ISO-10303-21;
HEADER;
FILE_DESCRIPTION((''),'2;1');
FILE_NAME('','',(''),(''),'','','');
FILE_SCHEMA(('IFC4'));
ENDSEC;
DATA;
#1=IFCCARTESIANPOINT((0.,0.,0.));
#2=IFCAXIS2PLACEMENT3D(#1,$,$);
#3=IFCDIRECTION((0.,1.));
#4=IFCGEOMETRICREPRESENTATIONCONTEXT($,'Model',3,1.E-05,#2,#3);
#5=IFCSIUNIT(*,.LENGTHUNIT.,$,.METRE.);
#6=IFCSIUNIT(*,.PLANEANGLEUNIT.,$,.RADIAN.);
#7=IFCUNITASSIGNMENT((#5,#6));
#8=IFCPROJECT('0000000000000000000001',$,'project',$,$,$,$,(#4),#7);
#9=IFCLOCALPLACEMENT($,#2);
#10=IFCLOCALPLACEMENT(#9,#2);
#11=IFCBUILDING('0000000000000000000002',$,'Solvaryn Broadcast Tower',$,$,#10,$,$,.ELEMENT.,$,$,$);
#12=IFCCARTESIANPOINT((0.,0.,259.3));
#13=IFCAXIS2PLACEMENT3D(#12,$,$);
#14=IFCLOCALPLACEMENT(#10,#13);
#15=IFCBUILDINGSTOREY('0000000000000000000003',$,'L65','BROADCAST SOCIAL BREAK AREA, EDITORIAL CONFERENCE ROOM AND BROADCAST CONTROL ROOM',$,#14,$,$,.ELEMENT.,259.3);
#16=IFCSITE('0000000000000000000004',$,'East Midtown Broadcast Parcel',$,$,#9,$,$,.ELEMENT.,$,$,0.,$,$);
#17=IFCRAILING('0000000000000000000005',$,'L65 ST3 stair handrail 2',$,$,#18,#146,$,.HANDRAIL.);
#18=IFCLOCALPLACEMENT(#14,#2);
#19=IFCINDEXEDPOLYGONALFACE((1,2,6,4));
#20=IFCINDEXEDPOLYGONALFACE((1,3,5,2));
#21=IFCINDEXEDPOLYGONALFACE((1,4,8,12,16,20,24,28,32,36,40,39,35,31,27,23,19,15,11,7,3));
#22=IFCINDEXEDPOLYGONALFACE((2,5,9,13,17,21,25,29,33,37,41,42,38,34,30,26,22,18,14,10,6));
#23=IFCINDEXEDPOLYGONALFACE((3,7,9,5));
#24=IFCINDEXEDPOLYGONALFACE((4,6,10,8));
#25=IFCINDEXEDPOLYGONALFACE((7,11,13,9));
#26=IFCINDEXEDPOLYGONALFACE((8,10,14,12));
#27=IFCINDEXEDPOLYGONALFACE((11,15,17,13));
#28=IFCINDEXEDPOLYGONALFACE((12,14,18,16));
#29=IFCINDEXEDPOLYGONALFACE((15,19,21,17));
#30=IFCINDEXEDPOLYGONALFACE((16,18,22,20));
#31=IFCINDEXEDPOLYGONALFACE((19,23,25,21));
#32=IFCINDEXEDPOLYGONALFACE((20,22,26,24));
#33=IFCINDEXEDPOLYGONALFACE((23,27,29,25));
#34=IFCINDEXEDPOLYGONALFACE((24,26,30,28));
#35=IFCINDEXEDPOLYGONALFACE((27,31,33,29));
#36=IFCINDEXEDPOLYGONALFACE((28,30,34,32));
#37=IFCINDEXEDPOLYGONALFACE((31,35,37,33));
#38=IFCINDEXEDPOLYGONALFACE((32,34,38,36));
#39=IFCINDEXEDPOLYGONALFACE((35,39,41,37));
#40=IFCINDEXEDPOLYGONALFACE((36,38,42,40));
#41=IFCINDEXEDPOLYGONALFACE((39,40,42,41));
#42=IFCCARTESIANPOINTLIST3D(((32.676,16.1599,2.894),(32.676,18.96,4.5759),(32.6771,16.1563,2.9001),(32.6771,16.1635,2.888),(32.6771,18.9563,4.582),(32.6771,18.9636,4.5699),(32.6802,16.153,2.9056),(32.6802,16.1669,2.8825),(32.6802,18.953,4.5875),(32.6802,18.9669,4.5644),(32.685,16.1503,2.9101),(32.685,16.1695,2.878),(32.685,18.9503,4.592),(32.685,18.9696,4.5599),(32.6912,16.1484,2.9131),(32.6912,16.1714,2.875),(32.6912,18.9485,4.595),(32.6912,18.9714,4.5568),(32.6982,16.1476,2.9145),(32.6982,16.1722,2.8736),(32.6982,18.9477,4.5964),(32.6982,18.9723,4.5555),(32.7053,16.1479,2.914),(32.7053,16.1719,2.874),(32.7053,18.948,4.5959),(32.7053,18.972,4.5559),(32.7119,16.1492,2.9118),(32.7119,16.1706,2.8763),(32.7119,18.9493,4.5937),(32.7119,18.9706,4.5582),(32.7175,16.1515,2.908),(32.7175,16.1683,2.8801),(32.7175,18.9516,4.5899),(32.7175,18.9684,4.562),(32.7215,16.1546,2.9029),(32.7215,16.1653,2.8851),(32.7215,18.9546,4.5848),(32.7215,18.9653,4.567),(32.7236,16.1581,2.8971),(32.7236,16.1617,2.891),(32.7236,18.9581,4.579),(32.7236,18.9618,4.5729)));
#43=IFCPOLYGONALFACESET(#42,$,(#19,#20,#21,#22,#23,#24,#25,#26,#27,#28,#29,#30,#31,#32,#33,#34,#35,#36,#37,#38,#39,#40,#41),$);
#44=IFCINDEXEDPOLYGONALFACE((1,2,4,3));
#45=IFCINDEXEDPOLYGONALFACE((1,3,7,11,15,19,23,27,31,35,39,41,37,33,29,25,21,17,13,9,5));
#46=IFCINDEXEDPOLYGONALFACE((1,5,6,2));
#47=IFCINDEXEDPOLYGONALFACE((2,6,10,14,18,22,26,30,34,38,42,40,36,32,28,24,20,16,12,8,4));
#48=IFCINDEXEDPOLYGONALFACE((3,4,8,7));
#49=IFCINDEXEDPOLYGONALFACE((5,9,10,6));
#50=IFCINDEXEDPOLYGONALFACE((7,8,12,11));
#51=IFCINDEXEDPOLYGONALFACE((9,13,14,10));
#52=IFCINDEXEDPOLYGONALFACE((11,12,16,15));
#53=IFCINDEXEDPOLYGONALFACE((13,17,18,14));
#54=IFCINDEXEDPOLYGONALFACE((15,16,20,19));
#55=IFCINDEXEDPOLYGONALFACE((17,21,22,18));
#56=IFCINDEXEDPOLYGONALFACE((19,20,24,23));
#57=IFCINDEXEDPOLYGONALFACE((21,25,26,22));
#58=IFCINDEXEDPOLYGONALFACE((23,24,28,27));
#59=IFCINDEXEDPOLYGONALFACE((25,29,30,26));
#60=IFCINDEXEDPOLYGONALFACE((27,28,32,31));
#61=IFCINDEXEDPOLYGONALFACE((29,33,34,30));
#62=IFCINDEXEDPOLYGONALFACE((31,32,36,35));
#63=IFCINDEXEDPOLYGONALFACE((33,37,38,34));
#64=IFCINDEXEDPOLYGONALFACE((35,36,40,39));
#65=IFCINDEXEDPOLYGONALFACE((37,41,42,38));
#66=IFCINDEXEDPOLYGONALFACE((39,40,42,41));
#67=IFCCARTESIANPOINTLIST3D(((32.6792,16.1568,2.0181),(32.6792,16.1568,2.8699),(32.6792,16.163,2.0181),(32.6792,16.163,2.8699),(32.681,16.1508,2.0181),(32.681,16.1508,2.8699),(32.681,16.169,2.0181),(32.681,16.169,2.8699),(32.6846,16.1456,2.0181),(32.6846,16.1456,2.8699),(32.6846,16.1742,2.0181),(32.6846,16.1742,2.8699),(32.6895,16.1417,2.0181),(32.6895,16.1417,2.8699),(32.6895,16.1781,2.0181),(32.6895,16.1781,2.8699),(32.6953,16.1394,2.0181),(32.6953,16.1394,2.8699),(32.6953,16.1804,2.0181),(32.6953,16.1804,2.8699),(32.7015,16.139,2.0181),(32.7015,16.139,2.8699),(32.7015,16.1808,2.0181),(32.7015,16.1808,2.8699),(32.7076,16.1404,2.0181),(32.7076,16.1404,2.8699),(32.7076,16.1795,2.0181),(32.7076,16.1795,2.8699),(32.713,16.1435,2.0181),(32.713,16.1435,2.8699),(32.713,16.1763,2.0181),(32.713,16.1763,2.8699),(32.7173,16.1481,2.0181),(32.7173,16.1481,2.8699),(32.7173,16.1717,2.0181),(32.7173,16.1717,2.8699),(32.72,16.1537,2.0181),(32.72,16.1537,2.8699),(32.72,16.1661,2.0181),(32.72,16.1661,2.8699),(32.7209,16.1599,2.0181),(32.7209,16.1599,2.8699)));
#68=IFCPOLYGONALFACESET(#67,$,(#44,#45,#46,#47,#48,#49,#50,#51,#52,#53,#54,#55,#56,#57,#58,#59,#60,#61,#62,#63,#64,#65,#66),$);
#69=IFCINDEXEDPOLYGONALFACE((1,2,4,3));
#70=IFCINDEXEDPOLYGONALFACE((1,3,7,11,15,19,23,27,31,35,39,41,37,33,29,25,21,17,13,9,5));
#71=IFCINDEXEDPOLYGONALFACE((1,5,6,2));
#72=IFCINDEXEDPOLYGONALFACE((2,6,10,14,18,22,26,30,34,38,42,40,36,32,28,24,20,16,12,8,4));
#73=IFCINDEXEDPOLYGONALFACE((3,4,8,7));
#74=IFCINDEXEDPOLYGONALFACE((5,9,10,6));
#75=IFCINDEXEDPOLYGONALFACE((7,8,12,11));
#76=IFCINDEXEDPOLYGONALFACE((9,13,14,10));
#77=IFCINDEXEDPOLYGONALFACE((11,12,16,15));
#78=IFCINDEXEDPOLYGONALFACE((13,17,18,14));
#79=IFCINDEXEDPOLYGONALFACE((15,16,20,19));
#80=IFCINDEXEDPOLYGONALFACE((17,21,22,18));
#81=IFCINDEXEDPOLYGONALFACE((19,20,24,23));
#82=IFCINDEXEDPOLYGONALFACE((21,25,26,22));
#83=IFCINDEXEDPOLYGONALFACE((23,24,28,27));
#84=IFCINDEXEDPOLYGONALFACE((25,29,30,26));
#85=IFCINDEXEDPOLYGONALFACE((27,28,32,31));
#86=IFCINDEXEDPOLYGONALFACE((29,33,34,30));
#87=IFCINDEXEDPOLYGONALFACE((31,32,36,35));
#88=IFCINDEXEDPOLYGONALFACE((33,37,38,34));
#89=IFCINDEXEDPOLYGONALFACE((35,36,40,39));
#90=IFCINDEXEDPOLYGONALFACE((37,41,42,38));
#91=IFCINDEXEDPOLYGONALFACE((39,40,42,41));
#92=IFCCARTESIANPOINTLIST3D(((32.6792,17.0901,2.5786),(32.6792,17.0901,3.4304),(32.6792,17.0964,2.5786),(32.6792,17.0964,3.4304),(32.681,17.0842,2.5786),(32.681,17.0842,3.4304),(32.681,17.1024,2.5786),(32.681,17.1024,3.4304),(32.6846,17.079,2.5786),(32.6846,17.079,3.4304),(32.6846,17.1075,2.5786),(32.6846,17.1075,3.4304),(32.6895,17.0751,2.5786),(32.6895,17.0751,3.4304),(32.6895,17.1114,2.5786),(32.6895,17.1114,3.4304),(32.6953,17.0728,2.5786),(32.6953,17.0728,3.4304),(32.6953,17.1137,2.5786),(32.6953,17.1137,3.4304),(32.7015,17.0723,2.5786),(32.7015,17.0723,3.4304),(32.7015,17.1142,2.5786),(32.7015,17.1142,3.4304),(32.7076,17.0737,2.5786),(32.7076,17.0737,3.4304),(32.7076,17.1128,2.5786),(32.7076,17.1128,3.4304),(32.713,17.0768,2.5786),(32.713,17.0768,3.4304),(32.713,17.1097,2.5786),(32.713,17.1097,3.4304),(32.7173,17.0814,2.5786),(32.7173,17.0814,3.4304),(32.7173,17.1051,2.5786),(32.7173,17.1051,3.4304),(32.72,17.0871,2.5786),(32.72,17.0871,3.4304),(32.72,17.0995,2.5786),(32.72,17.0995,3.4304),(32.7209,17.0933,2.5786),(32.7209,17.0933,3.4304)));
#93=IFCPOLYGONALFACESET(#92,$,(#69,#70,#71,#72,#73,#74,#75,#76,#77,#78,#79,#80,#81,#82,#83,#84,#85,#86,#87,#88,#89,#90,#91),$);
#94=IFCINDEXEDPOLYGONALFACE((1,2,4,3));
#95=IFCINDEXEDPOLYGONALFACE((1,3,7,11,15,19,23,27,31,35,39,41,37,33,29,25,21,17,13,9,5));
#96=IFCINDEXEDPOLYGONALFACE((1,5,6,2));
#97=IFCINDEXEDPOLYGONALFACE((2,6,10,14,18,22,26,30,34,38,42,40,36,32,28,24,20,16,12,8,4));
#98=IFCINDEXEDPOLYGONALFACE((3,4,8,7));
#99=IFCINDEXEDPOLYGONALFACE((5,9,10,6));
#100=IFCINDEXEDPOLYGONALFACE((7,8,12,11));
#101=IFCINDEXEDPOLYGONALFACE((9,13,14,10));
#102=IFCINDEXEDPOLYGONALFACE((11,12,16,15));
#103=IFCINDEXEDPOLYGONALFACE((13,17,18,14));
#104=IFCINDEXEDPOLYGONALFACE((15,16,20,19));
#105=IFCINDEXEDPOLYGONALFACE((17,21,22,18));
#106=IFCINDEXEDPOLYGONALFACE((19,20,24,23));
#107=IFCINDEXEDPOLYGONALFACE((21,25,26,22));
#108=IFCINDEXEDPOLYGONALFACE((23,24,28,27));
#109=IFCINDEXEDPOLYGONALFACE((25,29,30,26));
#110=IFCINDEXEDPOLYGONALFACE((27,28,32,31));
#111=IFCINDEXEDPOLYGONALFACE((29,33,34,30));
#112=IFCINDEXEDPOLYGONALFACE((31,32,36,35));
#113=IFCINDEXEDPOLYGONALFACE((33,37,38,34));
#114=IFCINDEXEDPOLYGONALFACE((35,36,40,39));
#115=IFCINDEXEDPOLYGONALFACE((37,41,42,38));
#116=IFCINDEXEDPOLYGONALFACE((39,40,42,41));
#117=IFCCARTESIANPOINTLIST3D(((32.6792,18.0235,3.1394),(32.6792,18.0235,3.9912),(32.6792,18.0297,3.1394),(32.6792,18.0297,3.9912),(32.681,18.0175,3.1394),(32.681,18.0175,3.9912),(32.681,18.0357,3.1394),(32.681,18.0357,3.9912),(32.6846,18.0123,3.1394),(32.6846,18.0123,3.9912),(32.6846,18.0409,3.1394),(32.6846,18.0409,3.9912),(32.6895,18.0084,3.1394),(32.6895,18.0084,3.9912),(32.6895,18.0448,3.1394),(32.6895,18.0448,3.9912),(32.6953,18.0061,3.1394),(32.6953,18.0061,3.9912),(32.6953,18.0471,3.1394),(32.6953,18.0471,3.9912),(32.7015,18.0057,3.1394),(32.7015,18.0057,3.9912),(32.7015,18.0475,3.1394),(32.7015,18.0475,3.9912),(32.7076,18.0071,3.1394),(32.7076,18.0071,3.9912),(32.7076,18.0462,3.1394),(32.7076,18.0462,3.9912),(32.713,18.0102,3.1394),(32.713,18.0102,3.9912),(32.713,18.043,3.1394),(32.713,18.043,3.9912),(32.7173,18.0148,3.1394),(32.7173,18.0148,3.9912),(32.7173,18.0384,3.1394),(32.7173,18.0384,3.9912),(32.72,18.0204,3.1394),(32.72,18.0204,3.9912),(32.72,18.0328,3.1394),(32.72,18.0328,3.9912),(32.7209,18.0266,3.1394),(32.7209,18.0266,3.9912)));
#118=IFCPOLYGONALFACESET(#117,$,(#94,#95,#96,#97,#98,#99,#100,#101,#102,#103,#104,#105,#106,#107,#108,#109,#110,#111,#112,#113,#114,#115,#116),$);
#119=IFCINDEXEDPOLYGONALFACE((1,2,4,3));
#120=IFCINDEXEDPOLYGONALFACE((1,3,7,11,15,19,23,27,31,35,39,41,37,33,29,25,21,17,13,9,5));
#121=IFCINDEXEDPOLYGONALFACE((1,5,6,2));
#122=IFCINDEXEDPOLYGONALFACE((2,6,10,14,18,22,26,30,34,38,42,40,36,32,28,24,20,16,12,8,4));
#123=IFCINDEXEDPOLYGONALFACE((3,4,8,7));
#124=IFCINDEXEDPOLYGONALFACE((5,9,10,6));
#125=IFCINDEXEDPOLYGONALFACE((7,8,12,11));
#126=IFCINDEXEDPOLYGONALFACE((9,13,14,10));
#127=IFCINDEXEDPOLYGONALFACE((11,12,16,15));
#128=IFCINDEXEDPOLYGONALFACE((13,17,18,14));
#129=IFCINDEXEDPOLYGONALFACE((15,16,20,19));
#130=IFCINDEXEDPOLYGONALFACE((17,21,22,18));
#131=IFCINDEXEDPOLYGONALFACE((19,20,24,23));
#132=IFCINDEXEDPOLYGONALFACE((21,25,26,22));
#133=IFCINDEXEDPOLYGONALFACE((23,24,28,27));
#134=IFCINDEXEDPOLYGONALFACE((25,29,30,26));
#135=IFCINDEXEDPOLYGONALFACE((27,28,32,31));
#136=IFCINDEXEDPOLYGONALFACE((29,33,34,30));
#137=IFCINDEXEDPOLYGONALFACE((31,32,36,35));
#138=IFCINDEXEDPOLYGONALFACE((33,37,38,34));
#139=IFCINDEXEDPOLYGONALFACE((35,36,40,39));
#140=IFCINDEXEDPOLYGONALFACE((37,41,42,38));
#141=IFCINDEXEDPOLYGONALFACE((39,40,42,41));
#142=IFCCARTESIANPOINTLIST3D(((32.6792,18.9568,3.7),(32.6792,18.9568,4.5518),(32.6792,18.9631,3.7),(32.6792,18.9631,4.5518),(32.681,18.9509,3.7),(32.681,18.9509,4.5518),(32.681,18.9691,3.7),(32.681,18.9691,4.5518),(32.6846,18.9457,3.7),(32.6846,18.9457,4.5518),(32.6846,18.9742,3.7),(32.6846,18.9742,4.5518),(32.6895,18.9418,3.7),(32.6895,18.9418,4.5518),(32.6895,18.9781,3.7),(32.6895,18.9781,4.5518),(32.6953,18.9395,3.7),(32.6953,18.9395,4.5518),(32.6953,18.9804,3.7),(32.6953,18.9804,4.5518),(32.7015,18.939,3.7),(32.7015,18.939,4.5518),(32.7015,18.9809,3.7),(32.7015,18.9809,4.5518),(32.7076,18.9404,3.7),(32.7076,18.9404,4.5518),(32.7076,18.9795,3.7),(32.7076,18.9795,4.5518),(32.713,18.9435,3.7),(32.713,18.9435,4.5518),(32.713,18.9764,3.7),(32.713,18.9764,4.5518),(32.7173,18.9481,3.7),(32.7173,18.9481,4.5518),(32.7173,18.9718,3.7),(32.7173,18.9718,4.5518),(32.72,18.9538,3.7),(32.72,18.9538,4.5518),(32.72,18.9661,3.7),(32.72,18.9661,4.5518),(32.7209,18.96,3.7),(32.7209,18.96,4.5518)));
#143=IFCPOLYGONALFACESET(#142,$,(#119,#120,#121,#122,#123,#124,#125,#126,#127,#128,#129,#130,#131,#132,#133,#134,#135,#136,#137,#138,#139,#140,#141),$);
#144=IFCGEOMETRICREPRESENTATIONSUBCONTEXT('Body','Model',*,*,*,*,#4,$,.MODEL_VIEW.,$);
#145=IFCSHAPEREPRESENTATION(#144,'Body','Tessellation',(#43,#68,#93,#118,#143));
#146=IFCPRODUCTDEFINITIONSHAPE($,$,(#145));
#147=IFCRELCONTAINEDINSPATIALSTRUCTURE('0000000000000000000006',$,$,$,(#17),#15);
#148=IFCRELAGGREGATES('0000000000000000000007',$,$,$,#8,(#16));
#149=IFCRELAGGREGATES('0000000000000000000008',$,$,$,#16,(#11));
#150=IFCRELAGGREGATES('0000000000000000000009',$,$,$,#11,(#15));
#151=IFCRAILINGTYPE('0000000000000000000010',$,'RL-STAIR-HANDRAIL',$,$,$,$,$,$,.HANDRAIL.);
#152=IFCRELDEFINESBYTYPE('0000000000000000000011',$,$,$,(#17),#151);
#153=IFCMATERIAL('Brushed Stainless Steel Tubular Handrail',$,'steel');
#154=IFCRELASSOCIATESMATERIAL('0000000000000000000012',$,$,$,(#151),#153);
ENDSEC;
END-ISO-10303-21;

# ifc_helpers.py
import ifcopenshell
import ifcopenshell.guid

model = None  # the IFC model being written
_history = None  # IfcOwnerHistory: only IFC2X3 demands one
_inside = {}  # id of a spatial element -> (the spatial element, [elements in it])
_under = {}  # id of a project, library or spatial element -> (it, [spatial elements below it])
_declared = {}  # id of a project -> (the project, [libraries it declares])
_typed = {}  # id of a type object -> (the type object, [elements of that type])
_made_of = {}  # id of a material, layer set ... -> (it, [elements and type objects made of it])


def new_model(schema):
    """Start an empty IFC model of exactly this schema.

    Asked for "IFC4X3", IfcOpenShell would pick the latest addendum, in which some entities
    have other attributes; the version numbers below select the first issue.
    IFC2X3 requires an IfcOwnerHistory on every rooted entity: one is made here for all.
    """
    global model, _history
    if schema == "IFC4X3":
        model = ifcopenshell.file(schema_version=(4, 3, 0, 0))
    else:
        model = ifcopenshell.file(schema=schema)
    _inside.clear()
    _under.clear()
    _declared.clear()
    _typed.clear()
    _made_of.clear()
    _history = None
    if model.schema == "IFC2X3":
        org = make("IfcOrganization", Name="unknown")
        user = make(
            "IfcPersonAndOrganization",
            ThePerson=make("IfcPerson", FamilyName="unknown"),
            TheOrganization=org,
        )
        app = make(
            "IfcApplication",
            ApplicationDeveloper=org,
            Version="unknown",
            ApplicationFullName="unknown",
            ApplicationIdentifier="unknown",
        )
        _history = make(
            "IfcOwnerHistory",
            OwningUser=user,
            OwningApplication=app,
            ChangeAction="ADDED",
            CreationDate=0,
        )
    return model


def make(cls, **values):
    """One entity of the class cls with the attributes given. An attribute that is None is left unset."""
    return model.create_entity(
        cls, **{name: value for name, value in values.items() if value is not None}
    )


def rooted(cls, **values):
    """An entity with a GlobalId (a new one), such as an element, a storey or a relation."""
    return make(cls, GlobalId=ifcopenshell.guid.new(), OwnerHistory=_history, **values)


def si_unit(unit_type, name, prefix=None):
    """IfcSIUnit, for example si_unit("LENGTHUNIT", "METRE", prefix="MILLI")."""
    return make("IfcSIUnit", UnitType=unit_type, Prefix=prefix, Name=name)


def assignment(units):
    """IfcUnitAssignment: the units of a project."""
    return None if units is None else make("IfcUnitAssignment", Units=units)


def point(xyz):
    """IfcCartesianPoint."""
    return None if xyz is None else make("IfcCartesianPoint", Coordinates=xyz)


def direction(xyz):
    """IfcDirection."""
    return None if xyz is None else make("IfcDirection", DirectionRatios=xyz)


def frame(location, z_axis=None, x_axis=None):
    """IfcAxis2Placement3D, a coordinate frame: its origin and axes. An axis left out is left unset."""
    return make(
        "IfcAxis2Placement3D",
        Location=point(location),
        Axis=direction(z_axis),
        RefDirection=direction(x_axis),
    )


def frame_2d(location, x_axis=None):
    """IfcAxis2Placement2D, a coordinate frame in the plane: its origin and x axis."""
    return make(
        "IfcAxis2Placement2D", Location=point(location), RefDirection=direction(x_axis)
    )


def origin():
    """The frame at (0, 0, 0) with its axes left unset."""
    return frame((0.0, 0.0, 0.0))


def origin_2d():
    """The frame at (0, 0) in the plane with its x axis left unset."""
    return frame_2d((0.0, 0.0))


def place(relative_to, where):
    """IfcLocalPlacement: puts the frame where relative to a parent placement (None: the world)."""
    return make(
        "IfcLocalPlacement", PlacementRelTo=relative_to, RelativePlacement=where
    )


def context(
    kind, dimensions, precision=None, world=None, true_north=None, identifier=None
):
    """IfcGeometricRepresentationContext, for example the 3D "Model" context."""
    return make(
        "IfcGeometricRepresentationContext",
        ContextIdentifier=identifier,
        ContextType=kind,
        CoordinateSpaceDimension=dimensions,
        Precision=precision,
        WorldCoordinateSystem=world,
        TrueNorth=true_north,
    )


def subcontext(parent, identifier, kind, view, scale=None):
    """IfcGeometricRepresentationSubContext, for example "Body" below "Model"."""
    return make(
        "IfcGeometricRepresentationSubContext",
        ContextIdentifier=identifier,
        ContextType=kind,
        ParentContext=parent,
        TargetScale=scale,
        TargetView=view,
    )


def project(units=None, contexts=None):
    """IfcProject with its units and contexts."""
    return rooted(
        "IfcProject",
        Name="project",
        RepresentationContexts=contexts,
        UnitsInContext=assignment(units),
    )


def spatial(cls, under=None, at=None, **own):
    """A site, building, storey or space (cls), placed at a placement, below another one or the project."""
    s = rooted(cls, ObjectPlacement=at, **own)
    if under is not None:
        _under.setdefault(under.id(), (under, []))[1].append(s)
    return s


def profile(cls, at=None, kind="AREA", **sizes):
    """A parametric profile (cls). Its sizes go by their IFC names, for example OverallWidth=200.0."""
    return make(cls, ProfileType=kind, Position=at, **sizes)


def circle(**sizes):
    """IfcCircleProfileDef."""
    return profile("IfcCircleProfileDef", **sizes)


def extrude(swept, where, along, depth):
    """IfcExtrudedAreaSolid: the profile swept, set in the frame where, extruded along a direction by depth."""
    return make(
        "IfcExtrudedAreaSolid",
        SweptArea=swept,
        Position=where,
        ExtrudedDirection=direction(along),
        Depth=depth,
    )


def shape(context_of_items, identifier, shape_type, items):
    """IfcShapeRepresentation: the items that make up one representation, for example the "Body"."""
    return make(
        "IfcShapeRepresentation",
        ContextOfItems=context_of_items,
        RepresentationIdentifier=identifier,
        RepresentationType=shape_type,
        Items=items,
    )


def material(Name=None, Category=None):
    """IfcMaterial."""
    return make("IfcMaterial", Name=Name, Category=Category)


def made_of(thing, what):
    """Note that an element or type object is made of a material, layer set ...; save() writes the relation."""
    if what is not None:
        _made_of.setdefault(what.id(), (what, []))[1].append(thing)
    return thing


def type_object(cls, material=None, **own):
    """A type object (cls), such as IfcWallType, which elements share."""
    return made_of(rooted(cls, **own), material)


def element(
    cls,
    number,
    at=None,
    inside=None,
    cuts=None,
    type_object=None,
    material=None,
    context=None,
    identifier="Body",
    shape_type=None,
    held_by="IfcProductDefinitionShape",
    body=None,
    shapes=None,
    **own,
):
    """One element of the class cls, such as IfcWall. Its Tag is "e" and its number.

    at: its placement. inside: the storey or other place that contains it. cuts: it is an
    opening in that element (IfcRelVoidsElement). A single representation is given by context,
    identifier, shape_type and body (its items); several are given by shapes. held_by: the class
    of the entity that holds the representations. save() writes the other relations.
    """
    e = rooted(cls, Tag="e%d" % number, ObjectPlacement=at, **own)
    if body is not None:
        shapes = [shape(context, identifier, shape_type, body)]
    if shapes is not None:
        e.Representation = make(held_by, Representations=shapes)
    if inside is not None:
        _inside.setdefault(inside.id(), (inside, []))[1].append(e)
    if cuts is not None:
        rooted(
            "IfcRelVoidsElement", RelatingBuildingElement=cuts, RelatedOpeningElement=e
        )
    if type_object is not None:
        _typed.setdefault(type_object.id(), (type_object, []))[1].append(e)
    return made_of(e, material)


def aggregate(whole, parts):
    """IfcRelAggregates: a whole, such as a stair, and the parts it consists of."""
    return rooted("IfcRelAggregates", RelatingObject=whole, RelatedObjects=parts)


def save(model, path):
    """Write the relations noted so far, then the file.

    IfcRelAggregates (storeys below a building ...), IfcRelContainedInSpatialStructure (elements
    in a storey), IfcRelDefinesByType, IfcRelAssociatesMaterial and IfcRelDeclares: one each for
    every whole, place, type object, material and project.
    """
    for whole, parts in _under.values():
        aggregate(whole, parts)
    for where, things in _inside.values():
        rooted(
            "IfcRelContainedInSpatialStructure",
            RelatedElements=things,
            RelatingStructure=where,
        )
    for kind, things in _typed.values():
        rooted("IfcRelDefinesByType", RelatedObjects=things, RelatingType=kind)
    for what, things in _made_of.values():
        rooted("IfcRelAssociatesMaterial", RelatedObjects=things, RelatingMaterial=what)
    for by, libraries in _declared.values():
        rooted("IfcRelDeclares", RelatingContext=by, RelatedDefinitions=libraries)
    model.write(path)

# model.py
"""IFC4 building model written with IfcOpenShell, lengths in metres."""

from ifc_helpers import new_model, si_unit, direction, frame, origin, origin_2d, place, context, subcontext, project, spatial, circle, extrude, material, type_object, element, save


model = new_model("IFC4")

# Units and contexts
model_context = context("Model", 3, precision=1e-05, world=origin(), true_north=direction((0.0, 1.0)))
body_context = subcontext(model_context, "Body", "Model", "MODEL_VIEW")
ifc_project = project(units=[si_unit("LENGTHUNIT", "METRE"), si_unit("PLANEANGLEUNIT", "RADIAN")], contexts=[model_context])

# Site, building, storey
site_placement = place(None, origin())
site = spatial("IfcSite", under=ifc_project, at=site_placement, Name="East Midtown Broadcast Parcel", CompositionType="ELEMENT", RefElevation=0.0)
building_placement = place(site_placement, origin())
building = spatial("IfcBuilding", under=site, at=building_placement, Name="Solvaryn Broadcast Tower", CompositionType="ELEMENT")
storey_placement = place(building_placement, frame((0.0, 0.0, 259.3)))
storey = spatial("IfcBuildingStorey", under=building, at=storey_placement, Name="L65", Description="BROADCAST SOCIAL BREAK AREA, EDITORIAL CONFERENCE ROOM AND BROADCAST CONTROL ROOM", CompositionType="ELEMENT", Elevation=259.3)

# Railing
ifc_material_1 = material(Name="Brushed Stainless Steel Tubular Handrail", Category="steel")
railing_type_1 = type_object("IfcRailingType", Name="RL-STAIR-HANDRAIL", PredefinedType="HANDRAIL", material=ifc_material_1)
railing_1_placement = place(storey_placement, frame((32.7, 16.1599, 2.0181)))
element("IfcRailing", 1, at=railing_1_placement, inside=storey, type_object=railing_type_1, Name="L65 ST3 stair handrail 2", PredefinedType="HANDRAIL", context=body_context, shape_type="SweptSolid", body=[
    extrude(circle(Radius=0.0239, at=origin_2d()), frame((0.0, 0.0, 0.876), z_axis=(0.0, 0.857242, 0.514913), x_axis=(-1.0, 0.0, 0.0)), (0.0, 0.0, 1.0), 3.2664),
    extrude(circle(Radius=0.021, at=origin_2d()), origin(), (0.0, 0.0, 1.0), 0.8518),
    extrude(circle(Radius=0.021, at=origin_2d()), frame((0.0, 0.9333, 0.5605)), (0.0, 0.0, 1.0), 0.8518),
    extrude(circle(Radius=0.021, at=origin_2d()), frame((0.0, 1.8667, 1.1213)), (0.0, 0.0, 1.0), 0.8518),
    extrude(circle(Radius=0.021, at=origin_2d()), frame((0.0, 2.8, 1.6819)), (0.0, 0.0, 1.0), 0.8518),
])

save(model, "model.ifc")
